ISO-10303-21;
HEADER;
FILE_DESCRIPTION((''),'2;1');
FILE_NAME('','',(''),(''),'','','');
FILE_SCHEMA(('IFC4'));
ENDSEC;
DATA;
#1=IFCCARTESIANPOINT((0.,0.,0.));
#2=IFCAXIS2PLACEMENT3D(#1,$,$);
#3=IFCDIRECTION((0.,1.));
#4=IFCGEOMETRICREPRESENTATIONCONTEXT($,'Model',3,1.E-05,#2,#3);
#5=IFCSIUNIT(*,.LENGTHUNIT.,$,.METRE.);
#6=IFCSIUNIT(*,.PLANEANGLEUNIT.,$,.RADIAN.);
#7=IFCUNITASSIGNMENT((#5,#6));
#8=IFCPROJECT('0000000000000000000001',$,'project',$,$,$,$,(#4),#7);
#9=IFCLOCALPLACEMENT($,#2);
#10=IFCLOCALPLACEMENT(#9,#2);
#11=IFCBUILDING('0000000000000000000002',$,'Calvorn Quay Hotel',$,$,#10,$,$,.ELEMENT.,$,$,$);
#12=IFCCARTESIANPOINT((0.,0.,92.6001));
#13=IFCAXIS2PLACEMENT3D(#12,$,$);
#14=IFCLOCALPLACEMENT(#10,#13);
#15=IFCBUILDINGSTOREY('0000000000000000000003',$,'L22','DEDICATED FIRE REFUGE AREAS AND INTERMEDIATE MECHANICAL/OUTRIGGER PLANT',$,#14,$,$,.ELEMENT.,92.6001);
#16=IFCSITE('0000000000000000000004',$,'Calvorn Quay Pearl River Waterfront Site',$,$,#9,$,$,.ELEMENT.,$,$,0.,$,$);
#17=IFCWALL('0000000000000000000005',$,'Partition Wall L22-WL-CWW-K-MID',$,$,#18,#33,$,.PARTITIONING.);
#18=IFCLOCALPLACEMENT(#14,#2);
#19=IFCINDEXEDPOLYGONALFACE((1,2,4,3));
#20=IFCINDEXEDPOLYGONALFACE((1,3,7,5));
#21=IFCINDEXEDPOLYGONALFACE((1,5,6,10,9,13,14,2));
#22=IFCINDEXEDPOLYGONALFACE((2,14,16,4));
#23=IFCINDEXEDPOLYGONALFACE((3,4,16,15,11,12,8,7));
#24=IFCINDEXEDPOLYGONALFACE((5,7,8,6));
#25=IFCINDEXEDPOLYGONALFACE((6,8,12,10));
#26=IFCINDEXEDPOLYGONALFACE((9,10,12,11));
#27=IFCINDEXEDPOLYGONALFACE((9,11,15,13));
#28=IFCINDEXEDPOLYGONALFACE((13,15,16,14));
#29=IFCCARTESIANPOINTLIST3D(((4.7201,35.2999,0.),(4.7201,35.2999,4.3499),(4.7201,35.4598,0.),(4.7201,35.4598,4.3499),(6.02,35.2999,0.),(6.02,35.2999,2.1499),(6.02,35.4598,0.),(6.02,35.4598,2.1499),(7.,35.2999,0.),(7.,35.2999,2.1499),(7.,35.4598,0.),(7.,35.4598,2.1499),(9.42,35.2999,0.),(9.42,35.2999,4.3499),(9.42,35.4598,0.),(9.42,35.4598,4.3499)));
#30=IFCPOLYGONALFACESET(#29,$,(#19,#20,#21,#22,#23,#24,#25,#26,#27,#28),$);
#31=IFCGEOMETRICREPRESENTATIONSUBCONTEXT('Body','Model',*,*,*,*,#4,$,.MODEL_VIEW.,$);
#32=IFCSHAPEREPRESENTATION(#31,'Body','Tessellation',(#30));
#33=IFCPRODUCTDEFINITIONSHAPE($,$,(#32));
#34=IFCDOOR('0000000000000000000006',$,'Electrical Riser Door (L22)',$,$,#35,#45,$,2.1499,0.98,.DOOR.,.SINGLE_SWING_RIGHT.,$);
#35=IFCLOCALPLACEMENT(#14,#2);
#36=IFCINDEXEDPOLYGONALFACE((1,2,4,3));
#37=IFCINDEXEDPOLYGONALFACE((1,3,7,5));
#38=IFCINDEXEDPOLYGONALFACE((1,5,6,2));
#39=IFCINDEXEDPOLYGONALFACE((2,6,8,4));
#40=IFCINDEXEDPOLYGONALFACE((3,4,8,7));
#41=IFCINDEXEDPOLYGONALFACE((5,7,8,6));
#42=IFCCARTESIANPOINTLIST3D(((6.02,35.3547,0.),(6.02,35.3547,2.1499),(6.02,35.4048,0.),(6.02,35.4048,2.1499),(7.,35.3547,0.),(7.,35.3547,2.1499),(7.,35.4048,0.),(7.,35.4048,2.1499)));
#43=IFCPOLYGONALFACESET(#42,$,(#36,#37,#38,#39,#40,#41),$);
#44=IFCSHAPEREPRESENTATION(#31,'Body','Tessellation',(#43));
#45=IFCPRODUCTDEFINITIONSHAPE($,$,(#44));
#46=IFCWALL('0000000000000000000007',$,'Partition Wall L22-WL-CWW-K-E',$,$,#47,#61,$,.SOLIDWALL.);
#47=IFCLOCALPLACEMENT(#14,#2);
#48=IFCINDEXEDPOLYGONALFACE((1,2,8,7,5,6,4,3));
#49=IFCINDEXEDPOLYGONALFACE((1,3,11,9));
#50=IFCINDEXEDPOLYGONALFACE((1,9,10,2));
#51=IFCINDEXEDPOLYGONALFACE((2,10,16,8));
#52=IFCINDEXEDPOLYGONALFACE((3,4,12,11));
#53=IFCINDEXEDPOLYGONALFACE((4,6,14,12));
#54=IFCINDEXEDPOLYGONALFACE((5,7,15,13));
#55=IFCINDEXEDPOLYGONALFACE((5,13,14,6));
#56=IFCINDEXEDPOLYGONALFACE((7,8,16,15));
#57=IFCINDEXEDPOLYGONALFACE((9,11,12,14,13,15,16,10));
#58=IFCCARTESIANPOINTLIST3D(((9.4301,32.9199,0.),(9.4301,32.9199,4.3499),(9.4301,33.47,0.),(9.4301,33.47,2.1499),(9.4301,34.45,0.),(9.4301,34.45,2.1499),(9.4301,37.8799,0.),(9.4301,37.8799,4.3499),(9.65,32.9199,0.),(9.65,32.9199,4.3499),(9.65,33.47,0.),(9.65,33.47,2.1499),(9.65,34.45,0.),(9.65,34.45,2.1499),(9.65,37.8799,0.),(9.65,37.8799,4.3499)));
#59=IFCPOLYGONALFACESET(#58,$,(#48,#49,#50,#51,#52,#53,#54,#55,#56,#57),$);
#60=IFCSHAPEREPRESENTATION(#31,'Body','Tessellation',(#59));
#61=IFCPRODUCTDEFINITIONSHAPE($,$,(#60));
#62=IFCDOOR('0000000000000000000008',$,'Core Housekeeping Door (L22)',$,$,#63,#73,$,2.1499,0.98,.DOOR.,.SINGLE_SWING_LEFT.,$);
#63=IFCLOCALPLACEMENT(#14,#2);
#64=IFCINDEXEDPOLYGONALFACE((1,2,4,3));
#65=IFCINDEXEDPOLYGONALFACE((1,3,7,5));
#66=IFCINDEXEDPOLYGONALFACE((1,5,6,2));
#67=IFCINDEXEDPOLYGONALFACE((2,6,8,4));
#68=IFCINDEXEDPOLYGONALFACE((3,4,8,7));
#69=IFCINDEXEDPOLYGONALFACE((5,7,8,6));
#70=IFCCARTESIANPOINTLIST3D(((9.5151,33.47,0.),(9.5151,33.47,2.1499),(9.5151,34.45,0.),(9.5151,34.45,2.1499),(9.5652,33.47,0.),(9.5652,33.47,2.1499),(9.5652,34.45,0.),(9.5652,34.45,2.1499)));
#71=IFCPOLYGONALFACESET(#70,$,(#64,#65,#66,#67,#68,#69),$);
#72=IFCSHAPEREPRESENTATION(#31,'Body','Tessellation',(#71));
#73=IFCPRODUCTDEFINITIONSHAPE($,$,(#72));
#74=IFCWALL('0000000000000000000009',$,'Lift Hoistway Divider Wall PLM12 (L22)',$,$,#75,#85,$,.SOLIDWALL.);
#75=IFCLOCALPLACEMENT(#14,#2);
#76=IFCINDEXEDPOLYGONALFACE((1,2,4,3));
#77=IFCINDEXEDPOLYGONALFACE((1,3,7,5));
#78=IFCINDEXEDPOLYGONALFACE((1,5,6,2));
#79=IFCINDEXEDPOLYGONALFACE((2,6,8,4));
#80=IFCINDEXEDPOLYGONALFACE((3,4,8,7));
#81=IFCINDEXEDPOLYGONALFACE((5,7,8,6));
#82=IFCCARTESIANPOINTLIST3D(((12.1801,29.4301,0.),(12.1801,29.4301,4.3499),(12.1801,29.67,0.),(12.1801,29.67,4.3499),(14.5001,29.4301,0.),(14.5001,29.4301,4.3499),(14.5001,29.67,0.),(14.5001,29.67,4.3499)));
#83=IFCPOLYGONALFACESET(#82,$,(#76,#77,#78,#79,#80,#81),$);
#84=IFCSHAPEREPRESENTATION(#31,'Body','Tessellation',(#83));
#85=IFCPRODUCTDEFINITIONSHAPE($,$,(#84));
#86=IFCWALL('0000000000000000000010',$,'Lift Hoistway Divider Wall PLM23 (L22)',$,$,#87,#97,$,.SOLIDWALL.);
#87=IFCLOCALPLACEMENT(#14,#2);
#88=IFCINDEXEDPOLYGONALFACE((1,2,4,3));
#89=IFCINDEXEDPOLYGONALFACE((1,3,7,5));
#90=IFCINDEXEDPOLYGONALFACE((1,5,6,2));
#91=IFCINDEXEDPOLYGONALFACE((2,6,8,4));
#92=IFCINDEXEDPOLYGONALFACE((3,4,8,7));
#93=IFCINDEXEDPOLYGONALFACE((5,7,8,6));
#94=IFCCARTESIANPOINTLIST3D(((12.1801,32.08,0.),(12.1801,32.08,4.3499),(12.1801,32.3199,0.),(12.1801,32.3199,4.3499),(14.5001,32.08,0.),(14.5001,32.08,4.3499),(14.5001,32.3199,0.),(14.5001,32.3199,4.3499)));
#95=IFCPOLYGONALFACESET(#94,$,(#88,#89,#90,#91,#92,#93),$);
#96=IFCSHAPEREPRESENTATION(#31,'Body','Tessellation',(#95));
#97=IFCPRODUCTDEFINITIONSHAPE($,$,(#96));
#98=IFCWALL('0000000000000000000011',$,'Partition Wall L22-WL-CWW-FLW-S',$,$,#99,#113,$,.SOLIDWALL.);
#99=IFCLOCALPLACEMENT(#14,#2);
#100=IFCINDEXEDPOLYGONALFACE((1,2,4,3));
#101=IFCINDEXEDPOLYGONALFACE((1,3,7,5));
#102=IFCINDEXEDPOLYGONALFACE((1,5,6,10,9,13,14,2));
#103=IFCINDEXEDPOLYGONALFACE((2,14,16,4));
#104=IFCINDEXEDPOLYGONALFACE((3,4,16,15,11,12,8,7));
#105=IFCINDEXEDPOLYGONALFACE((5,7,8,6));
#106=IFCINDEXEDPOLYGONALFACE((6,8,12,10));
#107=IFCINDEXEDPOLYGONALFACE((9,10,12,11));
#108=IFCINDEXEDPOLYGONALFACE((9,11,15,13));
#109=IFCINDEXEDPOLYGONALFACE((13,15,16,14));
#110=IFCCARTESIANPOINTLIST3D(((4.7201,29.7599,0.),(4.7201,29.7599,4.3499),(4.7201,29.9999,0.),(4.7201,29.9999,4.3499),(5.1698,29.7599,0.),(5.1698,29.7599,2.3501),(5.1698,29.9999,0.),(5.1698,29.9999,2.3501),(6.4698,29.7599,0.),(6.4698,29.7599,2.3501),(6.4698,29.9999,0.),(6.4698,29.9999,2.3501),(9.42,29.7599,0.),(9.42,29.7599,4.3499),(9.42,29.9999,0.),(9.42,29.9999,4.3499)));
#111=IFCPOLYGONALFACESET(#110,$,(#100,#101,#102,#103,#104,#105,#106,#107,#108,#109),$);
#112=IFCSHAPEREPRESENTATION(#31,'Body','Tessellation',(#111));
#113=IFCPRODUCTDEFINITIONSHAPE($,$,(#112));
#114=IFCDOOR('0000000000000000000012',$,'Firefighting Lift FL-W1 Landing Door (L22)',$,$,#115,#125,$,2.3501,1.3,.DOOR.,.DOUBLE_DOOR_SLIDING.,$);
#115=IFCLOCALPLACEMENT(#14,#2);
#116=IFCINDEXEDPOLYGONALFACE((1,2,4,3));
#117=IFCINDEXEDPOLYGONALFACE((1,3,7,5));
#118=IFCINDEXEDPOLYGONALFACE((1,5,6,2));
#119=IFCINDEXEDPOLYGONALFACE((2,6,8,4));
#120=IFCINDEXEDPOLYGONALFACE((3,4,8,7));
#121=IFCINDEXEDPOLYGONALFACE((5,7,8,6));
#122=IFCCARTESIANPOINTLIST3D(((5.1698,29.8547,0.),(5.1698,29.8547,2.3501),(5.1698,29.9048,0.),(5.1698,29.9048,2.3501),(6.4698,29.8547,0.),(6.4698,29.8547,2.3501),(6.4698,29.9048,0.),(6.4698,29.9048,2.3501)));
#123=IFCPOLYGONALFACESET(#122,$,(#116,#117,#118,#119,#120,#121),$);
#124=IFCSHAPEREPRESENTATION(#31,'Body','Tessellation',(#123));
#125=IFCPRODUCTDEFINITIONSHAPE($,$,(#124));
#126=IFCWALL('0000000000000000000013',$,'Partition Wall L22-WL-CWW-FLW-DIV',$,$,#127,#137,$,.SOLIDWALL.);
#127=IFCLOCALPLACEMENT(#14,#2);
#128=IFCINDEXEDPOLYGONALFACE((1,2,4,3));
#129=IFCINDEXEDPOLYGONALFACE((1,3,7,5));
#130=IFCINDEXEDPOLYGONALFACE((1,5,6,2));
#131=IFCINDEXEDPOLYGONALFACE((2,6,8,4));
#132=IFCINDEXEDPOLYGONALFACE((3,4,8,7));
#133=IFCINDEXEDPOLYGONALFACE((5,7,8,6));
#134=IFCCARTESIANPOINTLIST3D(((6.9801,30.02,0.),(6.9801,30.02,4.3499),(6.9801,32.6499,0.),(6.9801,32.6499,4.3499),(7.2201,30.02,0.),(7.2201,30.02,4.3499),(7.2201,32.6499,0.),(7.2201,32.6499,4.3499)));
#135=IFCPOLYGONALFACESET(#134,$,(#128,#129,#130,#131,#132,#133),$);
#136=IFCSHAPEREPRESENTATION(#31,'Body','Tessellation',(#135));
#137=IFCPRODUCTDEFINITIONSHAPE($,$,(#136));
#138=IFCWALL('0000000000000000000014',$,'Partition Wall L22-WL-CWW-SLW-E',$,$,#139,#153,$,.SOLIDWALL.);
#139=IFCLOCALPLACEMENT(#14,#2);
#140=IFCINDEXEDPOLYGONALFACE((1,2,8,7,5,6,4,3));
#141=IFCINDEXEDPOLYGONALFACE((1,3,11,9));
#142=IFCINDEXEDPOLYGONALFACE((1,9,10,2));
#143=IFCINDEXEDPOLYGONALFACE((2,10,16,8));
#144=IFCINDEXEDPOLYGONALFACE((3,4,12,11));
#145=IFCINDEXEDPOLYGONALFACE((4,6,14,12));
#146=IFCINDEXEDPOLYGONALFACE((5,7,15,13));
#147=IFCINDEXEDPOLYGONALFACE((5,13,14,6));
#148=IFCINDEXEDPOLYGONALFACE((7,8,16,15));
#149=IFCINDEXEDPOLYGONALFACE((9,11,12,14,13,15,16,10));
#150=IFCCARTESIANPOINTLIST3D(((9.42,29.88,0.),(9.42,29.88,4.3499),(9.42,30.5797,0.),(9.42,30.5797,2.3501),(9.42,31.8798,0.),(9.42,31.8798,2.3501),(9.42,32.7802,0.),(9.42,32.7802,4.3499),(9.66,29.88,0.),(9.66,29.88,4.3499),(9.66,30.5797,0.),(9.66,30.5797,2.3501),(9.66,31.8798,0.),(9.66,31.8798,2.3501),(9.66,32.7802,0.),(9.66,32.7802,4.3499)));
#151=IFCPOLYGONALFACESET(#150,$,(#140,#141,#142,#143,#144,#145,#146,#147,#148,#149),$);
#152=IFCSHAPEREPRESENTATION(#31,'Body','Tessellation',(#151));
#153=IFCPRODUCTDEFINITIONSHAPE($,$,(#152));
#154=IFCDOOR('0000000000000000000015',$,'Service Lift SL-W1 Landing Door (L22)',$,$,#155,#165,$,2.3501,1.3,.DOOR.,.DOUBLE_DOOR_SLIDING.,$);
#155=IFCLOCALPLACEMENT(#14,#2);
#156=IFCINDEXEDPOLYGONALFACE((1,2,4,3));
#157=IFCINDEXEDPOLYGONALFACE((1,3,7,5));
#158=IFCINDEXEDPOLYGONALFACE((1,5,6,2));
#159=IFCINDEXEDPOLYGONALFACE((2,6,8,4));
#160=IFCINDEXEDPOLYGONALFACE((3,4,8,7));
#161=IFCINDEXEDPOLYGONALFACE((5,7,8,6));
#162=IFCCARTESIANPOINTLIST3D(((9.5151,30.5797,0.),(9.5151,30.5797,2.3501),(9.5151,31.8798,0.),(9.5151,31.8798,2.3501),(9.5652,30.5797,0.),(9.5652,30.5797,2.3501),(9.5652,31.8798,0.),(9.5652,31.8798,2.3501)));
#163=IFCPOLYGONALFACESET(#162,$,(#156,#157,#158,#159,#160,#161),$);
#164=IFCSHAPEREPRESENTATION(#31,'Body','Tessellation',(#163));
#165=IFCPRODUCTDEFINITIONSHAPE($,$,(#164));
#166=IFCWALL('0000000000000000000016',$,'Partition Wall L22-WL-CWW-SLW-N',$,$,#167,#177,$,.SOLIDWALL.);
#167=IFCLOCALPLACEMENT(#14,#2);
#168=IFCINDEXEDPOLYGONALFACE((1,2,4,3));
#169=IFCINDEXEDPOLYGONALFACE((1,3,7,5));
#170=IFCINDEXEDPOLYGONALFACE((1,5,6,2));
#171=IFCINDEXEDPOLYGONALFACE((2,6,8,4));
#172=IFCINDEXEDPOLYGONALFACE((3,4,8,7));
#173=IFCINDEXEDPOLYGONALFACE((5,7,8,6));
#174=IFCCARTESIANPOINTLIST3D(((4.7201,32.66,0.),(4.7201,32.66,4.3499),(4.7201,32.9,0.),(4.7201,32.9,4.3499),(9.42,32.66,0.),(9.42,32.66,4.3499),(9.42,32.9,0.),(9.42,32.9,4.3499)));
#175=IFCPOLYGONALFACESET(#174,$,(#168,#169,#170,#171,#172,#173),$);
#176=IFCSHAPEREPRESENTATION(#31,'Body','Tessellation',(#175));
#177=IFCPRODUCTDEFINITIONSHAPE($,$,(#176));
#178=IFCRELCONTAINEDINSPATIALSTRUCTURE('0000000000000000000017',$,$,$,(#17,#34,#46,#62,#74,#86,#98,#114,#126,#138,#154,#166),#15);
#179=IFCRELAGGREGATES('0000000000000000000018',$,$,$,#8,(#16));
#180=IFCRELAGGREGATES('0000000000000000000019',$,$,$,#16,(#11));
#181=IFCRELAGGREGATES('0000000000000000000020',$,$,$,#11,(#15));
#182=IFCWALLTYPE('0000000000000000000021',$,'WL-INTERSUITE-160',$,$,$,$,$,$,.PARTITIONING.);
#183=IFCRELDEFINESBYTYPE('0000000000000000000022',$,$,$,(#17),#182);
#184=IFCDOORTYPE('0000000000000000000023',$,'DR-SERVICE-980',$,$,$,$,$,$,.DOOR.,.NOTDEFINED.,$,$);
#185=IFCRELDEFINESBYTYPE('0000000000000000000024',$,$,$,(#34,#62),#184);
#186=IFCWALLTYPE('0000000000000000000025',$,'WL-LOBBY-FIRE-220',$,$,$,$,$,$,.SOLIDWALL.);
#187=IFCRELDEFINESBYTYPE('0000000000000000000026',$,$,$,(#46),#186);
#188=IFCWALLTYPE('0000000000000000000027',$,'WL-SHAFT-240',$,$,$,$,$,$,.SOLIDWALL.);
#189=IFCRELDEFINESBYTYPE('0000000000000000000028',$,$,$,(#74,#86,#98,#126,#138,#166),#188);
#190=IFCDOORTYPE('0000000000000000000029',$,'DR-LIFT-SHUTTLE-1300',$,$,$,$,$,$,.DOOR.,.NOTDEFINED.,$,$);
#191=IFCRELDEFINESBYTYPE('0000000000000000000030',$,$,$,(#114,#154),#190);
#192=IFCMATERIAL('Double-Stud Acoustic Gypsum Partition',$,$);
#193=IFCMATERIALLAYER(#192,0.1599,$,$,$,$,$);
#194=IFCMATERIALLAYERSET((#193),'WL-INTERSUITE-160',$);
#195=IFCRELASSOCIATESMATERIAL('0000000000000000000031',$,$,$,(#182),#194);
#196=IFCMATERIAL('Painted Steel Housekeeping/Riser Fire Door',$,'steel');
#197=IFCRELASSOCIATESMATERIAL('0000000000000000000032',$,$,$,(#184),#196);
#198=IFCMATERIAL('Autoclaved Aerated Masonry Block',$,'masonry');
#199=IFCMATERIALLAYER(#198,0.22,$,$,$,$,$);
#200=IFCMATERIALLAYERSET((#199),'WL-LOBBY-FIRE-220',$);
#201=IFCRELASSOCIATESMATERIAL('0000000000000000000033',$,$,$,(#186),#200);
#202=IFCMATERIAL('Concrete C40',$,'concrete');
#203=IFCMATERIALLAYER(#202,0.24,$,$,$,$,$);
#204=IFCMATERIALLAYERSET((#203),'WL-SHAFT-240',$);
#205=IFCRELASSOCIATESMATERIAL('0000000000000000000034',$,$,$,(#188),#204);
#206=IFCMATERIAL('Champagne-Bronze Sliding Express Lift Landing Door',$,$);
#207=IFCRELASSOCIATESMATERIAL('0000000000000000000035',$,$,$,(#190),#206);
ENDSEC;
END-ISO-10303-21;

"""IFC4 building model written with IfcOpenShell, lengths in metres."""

from ifc_helpers import new_model, si_unit, direction, frame, frame_2d, origin, place, context, subcontext, project, spatial, rectangle, extrude, material, layer, layer_set, type_object, element, fill, save


model = new_model("IFC4")

# Units and contexts
model_context = context("Model", 3, precision=1e-05, world=origin(), true_north=direction((0.0, 1.0)))
body_context = subcontext(model_context, "Body", "Model", "MODEL_VIEW")
ifc_project = project(units=[si_unit("LENGTHUNIT", "METRE"), si_unit("PLANEANGLEUNIT", "RADIAN")], contexts=[model_context])

# Site, building, storey
site_placement = place(None, origin())
site = spatial("IfcSite", under=ifc_project, at=site_placement, Name="Calvorn Quay Pearl River Waterfront Site", CompositionType="ELEMENT", RefElevation=0.0)
building_placement = place(site_placement, origin())
building = spatial("IfcBuilding", under=site, at=building_placement, Name="Calvorn Quay Hotel", CompositionType="ELEMENT")
storey_placement = place(building_placement, frame((0.0, 0.0, 92.6001)))
storey = spatial("IfcBuildingStorey", under=building, at=storey_placement, Name="L22", Description="DEDICATED FIRE REFUGE AREAS AND INTERMEDIATE MECHANICAL/OUTRIGGER PLANT", CompositionType="ELEMENT", Elevation=92.6001)

# Walls, openings, doors
ifc_material_1 = material(Name="Double-Stud Acoustic Gypsum Partition")
ifc_layer_1 = layer(ifc_material_1, 0.1599)
ifc_layer_set_1 = layer_set([ifc_layer_1], Name="WL-INTERSUITE-160")
wall_type_1 = type_object("IfcWallType", Name="WL-INTERSUITE-160", PredefinedType="PARTITIONING", material=ifc_layer_set_1)
wall_1_placement = place(storey_placement, frame((4.72, 35.3799, 0.0), z_axis=(0.0, 0.0, 1.0), x_axis=(1.0, 0.0, 0.0)))
wall_1 = element("IfcWall", 1, at=wall_1_placement, inside=storey, type_object=wall_type_1, Name="Partition Wall L22-WL-CWW-K-MID", PredefinedType="PARTITIONING", context=body_context, shape_type="SweptSolid", body=[
    extrude(rectangle(XDim=4.7, YDim=0.1599, at=frame_2d((2.3501, 0.0))), origin(), (0.0, 0.0, 1.0), 4.3499),
])
opening_1_placement = place(wall_1_placement, frame((1.3, 0.0, 0.0)))
opening_1 = element("IfcOpeningElement", 2, at=opening_1_placement, cuts=wall_1, PredefinedType="OPENING", context=body_context, shape_type="SweptSolid", body=[
    extrude(rectangle(XDim=0.98, YDim=2.1499, at=frame_2d((0.49, 1.075))), frame((0.0, 0.0898, 0.0), z_axis=(0.0, -1.0, 0.0), x_axis=(1.0, 0.0, 0.0)), (0.0, 0.0, 1.0), 0.1799),
])
ifc_material_2 = material(Name="Painted Steel Housekeeping/Riser Fire Door", Category="steel")
door_type_1 = type_object("IfcDoorType", Name="DR-SERVICE-980", OperationType="NOTDEFINED", PredefinedType="DOOR", material=ifc_material_2)
door_1_placement = place(opening_1_placement, origin())
door_1 = element("IfcDoor", 3, at=door_1_placement, inside=storey, type_object=door_type_1, Name="Electrical Riser Door (L22)", OperationType="SINGLE_SWING_RIGHT", OverallHeight=2.1499, OverallWidth=0.98, PredefinedType="DOOR", context=body_context, shape_type="SweptSolid", body=[
    extrude(rectangle(XDim=0.98, YDim=2.1499, at=frame_2d((0.49, 1.075))), frame((0.0, 0.0249, 0.0), z_axis=(0.0, -1.0, 0.0), x_axis=(1.0, 0.0, 0.0)), (0.0, 0.0, 1.0), 0.05),
])
fill(opening_1, door_1)
ifc_material_3 = material(Name="Autoclaved Aerated Masonry Block", Category="masonry")
ifc_layer_2 = layer(ifc_material_3, 0.22)
ifc_layer_set_2 = layer_set([ifc_layer_2], Name="WL-LOBBY-FIRE-220")
wall_type_2 = type_object("IfcWallType", Name="WL-LOBBY-FIRE-220", PredefinedType="SOLIDWALL", material=ifc_layer_set_2)
wall_2_placement = place(storey_placement, frame((9.54, 32.9199, 0.0), z_axis=(0.0, 0.0, 1.0), x_axis=(0.0, 1.0, 0.0)))
wall_2 = element("IfcWall", 4, at=wall_2_placement, inside=storey, type_object=wall_type_2, Name="Partition Wall L22-WL-CWW-K-E", PredefinedType="SOLIDWALL", context=body_context, shape_type="SweptSolid", body=[
    extrude(rectangle(XDim=4.96, YDim=0.22, at=frame_2d((2.48, 0.0))), origin(), (0.0, 0.0, 1.0), 4.3499),
])
opening_2_placement = place(wall_2_placement, frame((0.55, 0.0, 0.0)))
opening_2 = element("IfcOpeningElement", 5, at=opening_2_placement, cuts=wall_2, PredefinedType="OPENING", context=body_context, shape_type="SweptSolid", body=[
    extrude(rectangle(XDim=0.98, YDim=2.1499, at=frame_2d((0.49, 1.075))), frame((0.0, 0.1199, 0.0), z_axis=(0.0, -1.0, 0.0), x_axis=(1.0, 0.0, 0.0)), (0.0, 0.0, 1.0), 0.24),
])
door_2_placement = place(opening_2_placement, origin())
door_2 = element("IfcDoor", 6, at=door_2_placement, inside=storey, type_object=door_type_1, Name="Core Housekeeping Door (L22)", OperationType="SINGLE_SWING_LEFT", OverallHeight=2.1499, OverallWidth=0.98, PredefinedType="DOOR", context=body_context, shape_type="SweptSolid", body=[
    extrude(rectangle(XDim=0.98, YDim=2.1499, at=frame_2d((0.49, 1.075))), frame((0.0, 0.0249, 0.0), z_axis=(0.0, -1.0, 0.0), x_axis=(1.0, 0.0, 0.0)), (0.0, 0.0, 1.0), 0.05),
])
fill(opening_2, door_2)

# Walls
ifc_material_4 = material(Name="Concrete C40", Category="concrete")
ifc_layer_3 = layer(ifc_material_4, 0.24)
ifc_layer_set_3 = layer_set([ifc_layer_3], Name="WL-SHAFT-240")
wall_type_3 = type_object("IfcWallType", Name="WL-SHAFT-240", PredefinedType="SOLIDWALL", material=ifc_layer_set_3)
for number, where, z_axis, x_axis, name in (
    (7, (12.1799, 29.55, 0.0), (0.0, 0.0, 1.0), (1.0, 0.0, 0.0), "Lift Hoistway Divider Wall PLM12 (L22)"),
    (8, (12.1799, 32.2, 0.0), (0.0, 0.0, 1.0), (1.0, 0.0, 0.0), "Lift Hoistway Divider Wall PLM23 (L22)"),
):
    element("IfcWall", number, at=place(storey_placement, frame(where, z_axis=z_axis, x_axis=x_axis)), inside=storey, type_object=wall_type_3, Name=name, PredefinedType="SOLIDWALL", context=body_context, shape_type="SweptSolid", body=[
        extrude(rectangle(XDim=2.3201, YDim=0.24, at=frame_2d((1.1602, 0.0))), origin(), (0.0, 0.0, 1.0), 4.3499),
    ])

# Wall, opening, door
wall_3_placement = place(storey_placement, frame((4.72, 29.8799, 0.0), z_axis=(0.0, 0.0, 1.0), x_axis=(1.0, 0.0, 0.0)))
wall_3 = element("IfcWall", 9, at=wall_3_placement, inside=storey, type_object=wall_type_3, Name="Partition Wall L22-WL-CWW-FLW-S", PredefinedType="SOLIDWALL", context=body_context, shape_type="SweptSolid", body=[
    extrude(rectangle(XDim=4.7, YDim=0.24, at=frame_2d((2.3501, 0.0))), origin(), (0.0, 0.0, 1.0), 4.3499),
])
opening_3_placement = place(wall_3_placement, frame((0.45, 0.0, 0.0)))
opening_3 = element("IfcOpeningElement", 10, at=opening_3_placement, cuts=wall_3, PredefinedType="OPENING", context=body_context, shape_type="SweptSolid", body=[
    extrude(rectangle(XDim=1.3, YDim=2.3501, at=frame_2d((0.6499, 1.175))), frame((0.0, 0.1299, 0.0), z_axis=(0.0, -1.0, 0.0), x_axis=(1.0, 0.0, 0.0)), (0.0, 0.0, 1.0), 0.26),
])
ifc_material_5 = material(Name="Champagne-Bronze Sliding Express Lift Landing Door")
door_type_2 = type_object("IfcDoorType", Name="DR-LIFT-SHUTTLE-1300", OperationType="NOTDEFINED", PredefinedType="DOOR", material=ifc_material_5)
door_3_placement = place(opening_3_placement, origin())
door_3 = element("IfcDoor", 11, at=door_3_placement, inside=storey, type_object=door_type_2, Name="Firefighting Lift FL-W1 Landing Door (L22)", OperationType="DOUBLE_DOOR_SLIDING", OverallHeight=2.3501, OverallWidth=1.3, PredefinedType="DOOR", context=body_context, shape_type="SweptSolid", body=[
    extrude(rectangle(XDim=1.3, YDim=2.3501, at=frame_2d((0.6499, 1.175))), frame((0.0, 0.0249, 0.0), z_axis=(0.0, -1.0, 0.0), x_axis=(1.0, 0.0, 0.0)), (0.0, 0.0, 1.0), 0.05),
])
fill(opening_3, door_3)

# Wall
wall_4_placement = place(storey_placement, frame((7.1001, 30.02, 0.0), z_axis=(0.0, 0.0, 1.0), x_axis=(0.0, 1.0, 0.0)))
element("IfcWall", 12, at=wall_4_placement, inside=storey, type_object=wall_type_3, Name="Partition Wall L22-WL-CWW-FLW-DIV", PredefinedType="SOLIDWALL", context=body_context, shape_type="SweptSolid", body=[
    extrude(rectangle(XDim=2.6299, YDim=0.24, at=frame_2d((1.3149, 0.0))), origin(), (0.0, 0.0, 1.0), 4.3499),
])

# Wall, opening, door
wall_5_placement = place(storey_placement, frame((9.54, 29.8799, 0.0), z_axis=(0.0, 0.0, 1.0), x_axis=(0.0, 1.0, 0.0)))
wall_5 = element("IfcWall", 13, at=wall_5_placement, inside=storey, type_object=wall_type_3, Name="Partition Wall L22-WL-CWW-SLW-E", PredefinedType="SOLIDWALL", context=body_context, shape_type="SweptSolid", body=[
    extrude(rectangle(XDim=2.9001, YDim=0.24, at=frame_2d((1.4502, 0.0))), origin(), (0.0, 0.0, 1.0), 4.3499),
])
opening_4_placement = place(wall_5_placement, frame((0.7, 0.0, 0.0)))
opening_4 = element("IfcOpeningElement", 14, at=opening_4_placement, cuts=wall_5, PredefinedType="OPENING", context=body_context, shape_type="SweptSolid", body=[
    extrude(rectangle(XDim=1.3, YDim=2.3501, at=frame_2d((0.6499, 1.175))), frame((0.0, 0.1299, 0.0), z_axis=(0.0, -1.0, 0.0), x_axis=(1.0, 0.0, 0.0)), (0.0, 0.0, 1.0), 0.26),
])
door_4_placement = place(opening_4_placement, origin())
door_4 = element("IfcDoor", 15, at=door_4_placement, inside=storey, type_object=door_type_2, Name="Service Lift SL-W1 Landing Door (L22)", OperationType="DOUBLE_DOOR_SLIDING", OverallHeight=2.3501, OverallWidth=1.3, PredefinedType="DOOR", context=body_context, shape_type="SweptSolid", body=[
    extrude(rectangle(XDim=1.3, YDim=2.3501, at=frame_2d((0.6499, 1.175))), frame((0.0, 0.0249, 0.0), z_axis=(0.0, -1.0, 0.0), x_axis=(1.0, 0.0, 0.0)), (0.0, 0.0, 1.0), 0.05),
])
fill(opening_4, door_4)

# Wall
wall_6_placement = place(storey_placement, frame((4.72, 32.78, 0.0), z_axis=(0.0, 0.0, 1.0), x_axis=(1.0, 0.0, 0.0)))
element("IfcWall", 16, at=wall_6_placement, inside=storey, type_object=wall_type_3, Name="Partition Wall L22-WL-CWW-SLW-N", PredefinedType="SOLIDWALL", context=body_context, shape_type="SweptSolid", body=[
    extrude(rectangle(XDim=4.7, YDim=0.24, at=frame_2d((2.3501, 0.0))), origin(), (0.0, 0.0, 1.0), 4.3499),
])

save(model, "model.ifc")
